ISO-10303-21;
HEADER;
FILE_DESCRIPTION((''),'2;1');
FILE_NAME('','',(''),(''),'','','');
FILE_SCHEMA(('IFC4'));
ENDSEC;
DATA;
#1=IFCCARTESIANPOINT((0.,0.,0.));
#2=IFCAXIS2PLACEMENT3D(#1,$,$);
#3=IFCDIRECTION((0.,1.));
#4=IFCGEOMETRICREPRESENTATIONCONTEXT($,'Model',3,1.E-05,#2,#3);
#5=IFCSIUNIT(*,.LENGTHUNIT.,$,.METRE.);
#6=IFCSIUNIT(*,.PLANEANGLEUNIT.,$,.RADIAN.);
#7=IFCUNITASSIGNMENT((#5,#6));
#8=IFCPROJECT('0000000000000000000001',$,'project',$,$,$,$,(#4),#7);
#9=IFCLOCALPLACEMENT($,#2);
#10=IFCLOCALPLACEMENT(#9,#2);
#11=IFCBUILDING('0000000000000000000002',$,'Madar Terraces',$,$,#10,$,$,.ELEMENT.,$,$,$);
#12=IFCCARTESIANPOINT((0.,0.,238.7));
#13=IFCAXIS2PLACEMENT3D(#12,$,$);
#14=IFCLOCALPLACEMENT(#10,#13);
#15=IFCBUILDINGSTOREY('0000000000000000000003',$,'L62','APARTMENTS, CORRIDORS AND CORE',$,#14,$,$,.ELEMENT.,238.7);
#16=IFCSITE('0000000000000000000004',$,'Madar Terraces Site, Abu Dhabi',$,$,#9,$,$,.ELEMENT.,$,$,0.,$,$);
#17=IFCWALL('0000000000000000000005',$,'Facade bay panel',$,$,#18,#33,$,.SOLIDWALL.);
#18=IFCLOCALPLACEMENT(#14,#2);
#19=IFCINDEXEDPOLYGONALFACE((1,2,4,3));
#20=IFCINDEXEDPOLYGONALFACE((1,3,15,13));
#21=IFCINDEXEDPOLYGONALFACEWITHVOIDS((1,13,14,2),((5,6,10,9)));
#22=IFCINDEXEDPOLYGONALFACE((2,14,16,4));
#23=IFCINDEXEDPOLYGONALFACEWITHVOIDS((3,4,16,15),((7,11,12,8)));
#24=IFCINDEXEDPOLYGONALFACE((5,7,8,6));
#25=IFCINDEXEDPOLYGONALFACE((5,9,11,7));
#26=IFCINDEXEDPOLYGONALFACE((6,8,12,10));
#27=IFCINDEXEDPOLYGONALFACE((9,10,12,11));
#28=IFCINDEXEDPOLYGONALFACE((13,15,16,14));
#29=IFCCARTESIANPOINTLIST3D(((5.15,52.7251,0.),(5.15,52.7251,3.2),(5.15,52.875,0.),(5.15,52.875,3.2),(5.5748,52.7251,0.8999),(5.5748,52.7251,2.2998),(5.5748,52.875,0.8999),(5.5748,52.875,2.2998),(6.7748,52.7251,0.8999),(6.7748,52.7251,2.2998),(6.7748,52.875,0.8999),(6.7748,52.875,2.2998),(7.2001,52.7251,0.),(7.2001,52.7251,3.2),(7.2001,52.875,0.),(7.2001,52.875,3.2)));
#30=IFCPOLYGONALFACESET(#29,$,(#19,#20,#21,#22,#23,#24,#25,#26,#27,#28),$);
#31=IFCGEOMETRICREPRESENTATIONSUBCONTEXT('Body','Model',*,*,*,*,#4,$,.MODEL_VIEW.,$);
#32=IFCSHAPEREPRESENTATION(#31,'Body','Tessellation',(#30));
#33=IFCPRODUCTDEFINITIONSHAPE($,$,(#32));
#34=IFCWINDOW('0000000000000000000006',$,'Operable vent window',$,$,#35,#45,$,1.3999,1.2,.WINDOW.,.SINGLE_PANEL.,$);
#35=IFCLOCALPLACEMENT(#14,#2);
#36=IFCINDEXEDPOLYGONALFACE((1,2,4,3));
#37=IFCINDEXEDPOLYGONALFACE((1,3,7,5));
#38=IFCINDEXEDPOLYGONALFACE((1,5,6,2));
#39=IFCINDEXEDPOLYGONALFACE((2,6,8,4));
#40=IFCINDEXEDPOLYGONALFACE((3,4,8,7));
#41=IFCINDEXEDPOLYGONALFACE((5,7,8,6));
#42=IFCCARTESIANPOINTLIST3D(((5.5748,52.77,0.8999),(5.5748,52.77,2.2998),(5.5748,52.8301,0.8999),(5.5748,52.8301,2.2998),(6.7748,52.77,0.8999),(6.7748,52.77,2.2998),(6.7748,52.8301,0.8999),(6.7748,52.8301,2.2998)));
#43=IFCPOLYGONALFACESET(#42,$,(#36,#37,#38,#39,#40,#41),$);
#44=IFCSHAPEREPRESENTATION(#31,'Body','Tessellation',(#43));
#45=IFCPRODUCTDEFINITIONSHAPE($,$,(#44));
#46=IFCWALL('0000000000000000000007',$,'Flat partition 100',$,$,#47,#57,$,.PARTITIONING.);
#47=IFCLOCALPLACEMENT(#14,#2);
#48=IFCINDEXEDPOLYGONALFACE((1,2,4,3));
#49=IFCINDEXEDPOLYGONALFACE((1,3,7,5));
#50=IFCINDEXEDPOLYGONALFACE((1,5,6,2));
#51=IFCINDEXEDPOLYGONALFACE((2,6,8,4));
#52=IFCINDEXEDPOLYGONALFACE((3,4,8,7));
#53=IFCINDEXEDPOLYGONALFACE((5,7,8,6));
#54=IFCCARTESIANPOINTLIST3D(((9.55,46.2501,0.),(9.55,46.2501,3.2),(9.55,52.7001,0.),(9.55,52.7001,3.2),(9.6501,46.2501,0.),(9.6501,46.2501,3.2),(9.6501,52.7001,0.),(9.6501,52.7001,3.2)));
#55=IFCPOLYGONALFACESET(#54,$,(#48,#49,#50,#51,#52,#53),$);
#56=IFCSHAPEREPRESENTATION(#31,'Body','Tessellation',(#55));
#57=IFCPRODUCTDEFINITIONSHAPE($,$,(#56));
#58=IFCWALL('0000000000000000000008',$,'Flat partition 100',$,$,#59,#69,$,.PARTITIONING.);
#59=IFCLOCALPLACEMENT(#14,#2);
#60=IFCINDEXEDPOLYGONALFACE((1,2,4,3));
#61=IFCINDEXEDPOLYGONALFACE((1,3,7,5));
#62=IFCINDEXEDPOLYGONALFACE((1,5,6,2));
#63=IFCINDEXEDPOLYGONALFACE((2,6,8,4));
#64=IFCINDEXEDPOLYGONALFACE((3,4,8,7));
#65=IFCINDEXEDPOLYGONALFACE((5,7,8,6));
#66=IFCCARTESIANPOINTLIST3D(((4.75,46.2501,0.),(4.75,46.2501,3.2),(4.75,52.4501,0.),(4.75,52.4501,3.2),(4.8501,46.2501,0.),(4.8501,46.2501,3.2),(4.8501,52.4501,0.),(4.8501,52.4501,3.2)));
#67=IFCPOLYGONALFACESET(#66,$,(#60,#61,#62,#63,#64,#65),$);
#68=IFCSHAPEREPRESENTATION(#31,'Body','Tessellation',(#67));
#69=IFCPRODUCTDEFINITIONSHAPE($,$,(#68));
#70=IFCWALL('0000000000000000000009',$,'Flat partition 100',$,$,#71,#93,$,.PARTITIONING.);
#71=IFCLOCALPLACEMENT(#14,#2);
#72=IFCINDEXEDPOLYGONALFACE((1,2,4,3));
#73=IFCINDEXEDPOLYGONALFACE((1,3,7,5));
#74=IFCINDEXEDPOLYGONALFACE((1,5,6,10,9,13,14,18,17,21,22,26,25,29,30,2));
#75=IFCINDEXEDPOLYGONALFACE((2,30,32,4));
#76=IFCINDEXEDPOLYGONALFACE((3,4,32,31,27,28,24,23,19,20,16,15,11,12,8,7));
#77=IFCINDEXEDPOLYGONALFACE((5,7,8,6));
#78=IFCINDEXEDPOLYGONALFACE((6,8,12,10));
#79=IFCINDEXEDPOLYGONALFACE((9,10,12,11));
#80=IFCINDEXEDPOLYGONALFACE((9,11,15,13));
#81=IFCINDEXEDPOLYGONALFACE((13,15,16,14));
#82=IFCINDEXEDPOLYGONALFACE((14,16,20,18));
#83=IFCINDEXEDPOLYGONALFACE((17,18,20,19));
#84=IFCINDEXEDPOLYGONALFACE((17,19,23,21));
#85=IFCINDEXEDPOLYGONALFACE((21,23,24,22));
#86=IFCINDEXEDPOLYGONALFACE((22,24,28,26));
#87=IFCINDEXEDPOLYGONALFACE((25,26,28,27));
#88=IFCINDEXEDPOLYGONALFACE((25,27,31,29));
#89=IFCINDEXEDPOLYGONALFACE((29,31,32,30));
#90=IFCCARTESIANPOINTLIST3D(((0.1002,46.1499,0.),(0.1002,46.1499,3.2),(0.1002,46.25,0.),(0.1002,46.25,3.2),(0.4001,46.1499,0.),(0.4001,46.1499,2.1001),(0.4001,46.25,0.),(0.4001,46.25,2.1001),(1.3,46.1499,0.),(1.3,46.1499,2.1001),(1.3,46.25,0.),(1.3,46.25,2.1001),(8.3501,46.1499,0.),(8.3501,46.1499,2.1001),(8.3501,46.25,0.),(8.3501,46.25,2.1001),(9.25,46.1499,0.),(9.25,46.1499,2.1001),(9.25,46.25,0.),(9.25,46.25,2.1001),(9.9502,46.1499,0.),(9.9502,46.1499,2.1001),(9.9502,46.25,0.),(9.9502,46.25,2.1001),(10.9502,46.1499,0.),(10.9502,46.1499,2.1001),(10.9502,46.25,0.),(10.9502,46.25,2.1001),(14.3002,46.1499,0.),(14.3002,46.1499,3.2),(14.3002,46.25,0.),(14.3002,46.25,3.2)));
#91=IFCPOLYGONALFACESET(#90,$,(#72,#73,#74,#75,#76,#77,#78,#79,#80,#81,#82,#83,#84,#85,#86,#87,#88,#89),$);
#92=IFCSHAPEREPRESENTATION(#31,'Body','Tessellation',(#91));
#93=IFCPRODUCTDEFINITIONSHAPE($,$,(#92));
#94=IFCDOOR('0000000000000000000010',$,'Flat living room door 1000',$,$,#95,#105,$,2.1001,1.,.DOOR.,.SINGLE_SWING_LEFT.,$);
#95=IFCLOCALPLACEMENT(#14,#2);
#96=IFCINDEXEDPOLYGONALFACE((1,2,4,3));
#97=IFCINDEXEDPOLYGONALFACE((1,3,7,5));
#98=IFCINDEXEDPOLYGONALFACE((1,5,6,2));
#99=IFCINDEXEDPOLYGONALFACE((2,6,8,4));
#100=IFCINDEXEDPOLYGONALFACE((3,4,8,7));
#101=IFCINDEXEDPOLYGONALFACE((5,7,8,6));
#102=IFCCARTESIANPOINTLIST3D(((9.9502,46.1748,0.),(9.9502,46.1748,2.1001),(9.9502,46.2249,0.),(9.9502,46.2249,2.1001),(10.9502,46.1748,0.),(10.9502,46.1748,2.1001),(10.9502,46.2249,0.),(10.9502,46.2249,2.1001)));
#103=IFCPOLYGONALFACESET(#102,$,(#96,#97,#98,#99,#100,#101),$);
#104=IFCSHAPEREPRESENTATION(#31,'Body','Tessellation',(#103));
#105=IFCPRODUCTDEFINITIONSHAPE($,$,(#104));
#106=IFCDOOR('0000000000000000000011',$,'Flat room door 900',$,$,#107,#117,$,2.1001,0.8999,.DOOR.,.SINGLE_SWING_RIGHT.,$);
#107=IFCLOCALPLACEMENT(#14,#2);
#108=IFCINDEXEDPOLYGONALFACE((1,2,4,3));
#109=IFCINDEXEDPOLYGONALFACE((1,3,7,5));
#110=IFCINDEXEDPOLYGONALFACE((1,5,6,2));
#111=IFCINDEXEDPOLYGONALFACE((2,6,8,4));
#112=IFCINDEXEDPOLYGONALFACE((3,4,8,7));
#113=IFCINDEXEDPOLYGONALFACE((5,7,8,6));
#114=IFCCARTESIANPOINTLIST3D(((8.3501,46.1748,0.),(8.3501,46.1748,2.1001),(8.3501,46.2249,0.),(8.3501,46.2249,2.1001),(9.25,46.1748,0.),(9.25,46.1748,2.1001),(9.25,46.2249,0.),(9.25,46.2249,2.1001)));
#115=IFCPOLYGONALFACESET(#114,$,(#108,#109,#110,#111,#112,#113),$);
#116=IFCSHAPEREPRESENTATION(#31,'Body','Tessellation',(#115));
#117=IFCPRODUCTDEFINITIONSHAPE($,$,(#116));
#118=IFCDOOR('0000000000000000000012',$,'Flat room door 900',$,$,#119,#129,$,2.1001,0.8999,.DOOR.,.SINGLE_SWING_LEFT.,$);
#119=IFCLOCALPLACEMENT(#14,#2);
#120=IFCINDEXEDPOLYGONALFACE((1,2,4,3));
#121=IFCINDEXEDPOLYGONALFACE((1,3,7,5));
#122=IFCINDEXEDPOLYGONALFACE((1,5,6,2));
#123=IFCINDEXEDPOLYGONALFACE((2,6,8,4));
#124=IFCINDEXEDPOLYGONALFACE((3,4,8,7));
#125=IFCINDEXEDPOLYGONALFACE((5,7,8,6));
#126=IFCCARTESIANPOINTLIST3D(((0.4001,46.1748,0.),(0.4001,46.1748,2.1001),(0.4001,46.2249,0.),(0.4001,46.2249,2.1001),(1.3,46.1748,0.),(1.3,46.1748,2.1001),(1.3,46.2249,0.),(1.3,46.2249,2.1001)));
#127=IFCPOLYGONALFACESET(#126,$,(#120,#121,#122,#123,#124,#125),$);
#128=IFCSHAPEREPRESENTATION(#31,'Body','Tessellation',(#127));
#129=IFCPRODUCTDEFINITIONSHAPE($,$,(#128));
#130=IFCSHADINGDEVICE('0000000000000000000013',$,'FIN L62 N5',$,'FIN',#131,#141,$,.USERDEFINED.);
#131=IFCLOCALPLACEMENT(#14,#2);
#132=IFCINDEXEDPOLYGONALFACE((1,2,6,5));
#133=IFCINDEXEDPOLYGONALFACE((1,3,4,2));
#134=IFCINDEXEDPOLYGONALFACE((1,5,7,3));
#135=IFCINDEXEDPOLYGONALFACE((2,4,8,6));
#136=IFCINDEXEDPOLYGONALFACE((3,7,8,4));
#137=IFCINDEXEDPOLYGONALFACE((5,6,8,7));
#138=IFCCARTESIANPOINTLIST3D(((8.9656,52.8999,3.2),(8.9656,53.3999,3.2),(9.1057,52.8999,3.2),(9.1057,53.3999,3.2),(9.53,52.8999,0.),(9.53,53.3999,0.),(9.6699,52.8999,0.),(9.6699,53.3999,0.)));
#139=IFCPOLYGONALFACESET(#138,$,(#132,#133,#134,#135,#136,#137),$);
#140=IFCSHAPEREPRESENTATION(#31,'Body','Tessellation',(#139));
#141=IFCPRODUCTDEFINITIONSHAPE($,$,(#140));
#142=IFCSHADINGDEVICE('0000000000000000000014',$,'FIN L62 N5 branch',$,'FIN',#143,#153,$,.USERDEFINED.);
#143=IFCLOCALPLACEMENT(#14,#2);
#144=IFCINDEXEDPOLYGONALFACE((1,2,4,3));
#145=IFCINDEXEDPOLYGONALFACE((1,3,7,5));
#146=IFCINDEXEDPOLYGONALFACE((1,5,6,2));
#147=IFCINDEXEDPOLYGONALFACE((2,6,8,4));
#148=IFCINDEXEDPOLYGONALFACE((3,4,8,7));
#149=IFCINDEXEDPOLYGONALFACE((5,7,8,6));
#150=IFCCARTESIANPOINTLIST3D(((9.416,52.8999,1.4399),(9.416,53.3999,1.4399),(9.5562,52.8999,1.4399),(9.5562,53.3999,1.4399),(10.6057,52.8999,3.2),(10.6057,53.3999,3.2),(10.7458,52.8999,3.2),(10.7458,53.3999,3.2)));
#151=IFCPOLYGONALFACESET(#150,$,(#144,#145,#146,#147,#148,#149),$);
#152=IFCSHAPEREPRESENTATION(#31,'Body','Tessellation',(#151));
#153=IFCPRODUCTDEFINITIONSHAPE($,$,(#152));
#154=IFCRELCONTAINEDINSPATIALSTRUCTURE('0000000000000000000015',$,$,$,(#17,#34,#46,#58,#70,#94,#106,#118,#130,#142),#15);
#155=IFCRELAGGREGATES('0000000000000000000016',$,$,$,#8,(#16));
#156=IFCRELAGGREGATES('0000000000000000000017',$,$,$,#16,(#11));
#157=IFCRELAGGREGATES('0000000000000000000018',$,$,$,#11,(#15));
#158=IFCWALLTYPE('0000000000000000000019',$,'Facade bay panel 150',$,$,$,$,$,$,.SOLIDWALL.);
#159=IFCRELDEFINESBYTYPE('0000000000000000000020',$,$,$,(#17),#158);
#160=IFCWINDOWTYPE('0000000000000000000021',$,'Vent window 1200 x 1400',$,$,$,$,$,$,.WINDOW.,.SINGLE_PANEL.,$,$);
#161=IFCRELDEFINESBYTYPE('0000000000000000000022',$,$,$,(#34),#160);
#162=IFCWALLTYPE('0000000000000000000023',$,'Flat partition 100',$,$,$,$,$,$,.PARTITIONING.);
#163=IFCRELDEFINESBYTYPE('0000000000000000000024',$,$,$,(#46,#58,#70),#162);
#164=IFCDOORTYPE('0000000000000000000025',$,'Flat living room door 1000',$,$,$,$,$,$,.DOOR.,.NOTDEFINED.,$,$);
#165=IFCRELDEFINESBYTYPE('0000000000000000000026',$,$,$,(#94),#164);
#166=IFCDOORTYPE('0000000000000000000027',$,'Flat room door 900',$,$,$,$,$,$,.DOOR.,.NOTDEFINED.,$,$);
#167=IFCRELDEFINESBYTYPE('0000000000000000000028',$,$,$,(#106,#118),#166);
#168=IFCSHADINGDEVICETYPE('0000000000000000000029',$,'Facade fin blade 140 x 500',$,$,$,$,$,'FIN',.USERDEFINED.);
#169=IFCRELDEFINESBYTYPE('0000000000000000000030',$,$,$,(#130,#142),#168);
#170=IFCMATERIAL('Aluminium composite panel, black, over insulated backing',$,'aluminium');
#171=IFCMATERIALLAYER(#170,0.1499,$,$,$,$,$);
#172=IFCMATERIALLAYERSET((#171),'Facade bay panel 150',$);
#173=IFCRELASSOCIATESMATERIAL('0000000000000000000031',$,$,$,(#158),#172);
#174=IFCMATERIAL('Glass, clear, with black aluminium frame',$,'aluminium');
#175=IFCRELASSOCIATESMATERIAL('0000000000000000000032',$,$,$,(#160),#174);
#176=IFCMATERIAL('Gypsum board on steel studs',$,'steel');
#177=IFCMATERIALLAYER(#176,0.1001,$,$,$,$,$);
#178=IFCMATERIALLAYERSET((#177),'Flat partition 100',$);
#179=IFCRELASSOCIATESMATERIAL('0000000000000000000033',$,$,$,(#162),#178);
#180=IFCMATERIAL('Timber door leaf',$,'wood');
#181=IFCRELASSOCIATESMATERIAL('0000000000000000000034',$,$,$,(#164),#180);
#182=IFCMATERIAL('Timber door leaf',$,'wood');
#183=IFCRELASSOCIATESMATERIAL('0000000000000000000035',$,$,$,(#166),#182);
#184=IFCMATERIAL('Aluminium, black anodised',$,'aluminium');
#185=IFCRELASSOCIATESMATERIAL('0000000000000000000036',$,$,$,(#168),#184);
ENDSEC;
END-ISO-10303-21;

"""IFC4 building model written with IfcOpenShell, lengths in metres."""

from ifc_helpers import new_model, si_unit, direction, frame, frame_2d, origin, place, context, subcontext, project, spatial, polyline, rectangle, outline, extrude, material, layer, layer_set, type_object, element, fill, save


model = new_model("IFC4")

# Units and contexts
model_context = context("Model", 3, precision=1e-05, world=origin(), true_north=direction((0.0, 1.0)))
body_context = subcontext(model_context, "Body", "Model", "MODEL_VIEW")
ifc_project = project(units=[si_unit("LENGTHUNIT", "METRE"), si_unit("PLANEANGLEUNIT", "RADIAN")], contexts=[model_context])

# Site, building, storey
site_placement = place(None, origin())
site = spatial("IfcSite", under=ifc_project, at=site_placement, Name="Madar Terraces Site, Abu Dhabi", CompositionType="ELEMENT", RefElevation=0.0)
building_placement = place(site_placement, origin())
building = spatial("IfcBuilding", under=site, at=building_placement, Name="Madar Terraces", CompositionType="ELEMENT")
storey_placement = place(building_placement, frame((0.0, 0.0, 238.7)))
storey = spatial("IfcBuildingStorey", under=building, at=storey_placement, Name="L62", Description="APARTMENTS, CORRIDORS AND CORE", CompositionType="ELEMENT", Elevation=238.7)

# Shared definitions
ifc_material_1 = material(Name="Aluminium composite panel, black, over insulated backing", Category="aluminium")
ifc_layer_1 = layer(ifc_material_1, 0.1499)
ifc_layer_set_1 = layer_set([ifc_layer_1], Name="Facade bay panel 150")
wall_type_1 = type_object("IfcWallType", Name="Facade bay panel 150", PredefinedType="SOLIDWALL", material=ifc_layer_set_1)

# Wall, opening, window
wall_1_placement = place(storey_placement, frame((7.2, 52.8, 0.0), z_axis=(0.0, 0.0, 1.0), x_axis=(-1.0, 0.0, 0.0)))
wall_1 = element("IfcWall", 1, at=wall_1_placement, inside=storey, type_object=wall_type_1, Name="Facade bay panel", PredefinedType="SOLIDWALL", context=body_context, shape_type="SweptSolid", body=[
    extrude(rectangle(XDim=2.05, YDim=0.1499, at=frame_2d((1.0249, 0.0))), origin(), (0.0, 0.0, 1.0), 3.2),
])
opening_1_placement = place(wall_1_placement, frame((0.425, 0.0, 0.8999)))
opening_1 = element("IfcOpeningElement", 2, at=opening_1_placement, cuts=wall_1, PredefinedType="OPENING", context=body_context, shape_type="SweptSolid", body=[
    extrude(rectangle(XDim=1.2, YDim=1.3999, at=frame_2d((0.6001, 0.7))), frame((0.0, 0.085, 0.0), z_axis=(0.0, -1.0, 0.0), x_axis=(1.0, 0.0, 0.0)), (0.0, 0.0, 1.0), 0.1699),
])
ifc_material_2 = material(Name="Glass, clear, with black aluminium frame", Category="aluminium")
window_type = type_object("IfcWindowType", Name="Vent window 1200 x 1400", PartitioningType="SINGLE_PANEL", PredefinedType="WINDOW", material=ifc_material_2)
window_placement = place(opening_1_placement, origin())
window = element("IfcWindow", 3, at=window_placement, inside=storey, type_object=window_type, Name="Operable vent window", OverallHeight=1.3999, OverallWidth=1.2, PartitioningType="SINGLE_PANEL", PredefinedType="WINDOW", context=body_context, shape_type="SweptSolid", body=[
    extrude(rectangle(XDim=1.2, YDim=1.3999, at=frame_2d((0.6001, 0.7))), frame((0.0, 0.03, 0.0), z_axis=(0.0, -1.0, 0.0), x_axis=(1.0, 0.0, 0.0)), (0.0, 0.0, 1.0), 0.0601),
])
fill(opening_1, window)

# Walls
ifc_material_3 = material(Name="Gypsum board on steel studs", Category="steel")
ifc_layer_2 = layer(ifc_material_3, 0.1001)
ifc_layer_set_2 = layer_set([ifc_layer_2], Name="Flat partition 100")
wall_type_2 = type_object("IfcWallType", Name="Flat partition 100", PredefinedType="PARTITIONING", material=ifc_layer_set_2)
wall_2_placement = place(storey_placement, frame((9.6001, 46.25, 0.0), z_axis=(0.0, 0.0, 1.0), x_axis=(0.0, 1.0, 0.0)))
element("IfcWall", 4, at=wall_2_placement, inside=storey, type_object=wall_type_2, Name="Flat partition 100", PredefinedType="PARTITIONING", context=body_context, shape_type="SweptSolid", body=[
    extrude(rectangle(XDim=6.45, YDim=0.1001, at=frame_2d((3.2251, 0.0))), origin(), (0.0, 0.0, 1.0), 3.2),
])
wall_3_placement = place(storey_placement, frame((4.8, 46.25, 0.0), z_axis=(0.0, 0.0, 1.0), x_axis=(0.0, 1.0, 0.0)))
element("IfcWall", 5, at=wall_3_placement, inside=storey, type_object=wall_type_2, Name="Flat partition 100", PredefinedType="PARTITIONING", context=body_context, shape_type="SweptSolid", body=[
    extrude(rectangle(XDim=6.2, YDim=0.1001, at=frame_2d((3.1001, 0.0))), origin(), (0.0, 0.0, 1.0), 3.2),
])

# Wall, openings, doors
wall_4_placement = place(storey_placement, frame((0.1001, 46.2, 0.0), z_axis=(0.0, 0.0, 1.0), x_axis=(1.0, 0.0, 0.0)))
wall_4 = element("IfcWall", 6, at=wall_4_placement, inside=storey, type_object=wall_type_2, Name="Flat partition 100", PredefinedType="PARTITIONING", context=body_context, shape_type="SweptSolid", body=[
    extrude(rectangle(XDim=14.2, YDim=0.1001, at=frame_2d((7.1001, 0.0))), origin(), (0.0, 0.0, 1.0), 3.2),
])
opening_2_placement = place(wall_4_placement, frame((9.8501, 0.0, 0.0)))
opening_2 = element("IfcOpeningElement", 7, at=opening_2_placement, cuts=wall_4, PredefinedType="OPENING", context=body_context, shape_type="SweptSolid", body=[
    extrude(rectangle(XDim=1.0, YDim=2.1001, at=frame_2d((0.5, 1.05))), frame((0.0, 0.0601, 0.0), z_axis=(0.0, -1.0, 0.0), x_axis=(1.0, 0.0, 0.0)), (0.0, 0.0, 1.0), 0.1201),
])
opening_3_placement = place(wall_4_placement, frame((8.25, 0.0, 0.0)))
opening_3 = element("IfcOpeningElement", 8, at=opening_3_placement, cuts=wall_4, PredefinedType="OPENING", context=body_context, shape_type="SweptSolid", body=[
    extrude(rectangle(XDim=0.8999, YDim=2.1001, at=frame_2d((0.45, 1.05))), frame((0.0, 0.0601, 0.0), z_axis=(0.0, -1.0, 0.0), x_axis=(1.0, 0.0, 0.0)), (0.0, 0.0, 1.0), 0.1201),
])
opening_4_placement = place(wall_4_placement, frame((0.3, 0.0, 0.0)))
opening_4 = element("IfcOpeningElement", 9, at=opening_4_placement, cuts=wall_4, PredefinedType="OPENING", context=body_context, shape_type="SweptSolid", body=[
    extrude(rectangle(XDim=0.8999, YDim=2.1001, at=frame_2d((0.45, 1.05))), frame((0.0, 0.0601, 0.0), z_axis=(0.0, -1.0, 0.0), x_axis=(1.0, 0.0, 0.0)), (0.0, 0.0, 1.0), 0.1201),
])
ifc_material_4 = material(Name="Timber door leaf", Category="wood")
door_type_1 = type_object("IfcDoorType", Name="Flat living room door 1000", OperationType="NOTDEFINED", PredefinedType="DOOR", material=ifc_material_4)
door_1_placement = place(opening_2_placement, origin())
door_1 = element("IfcDoor", 10, at=door_1_placement, inside=storey, type_object=door_type_1, Name="Flat living room door 1000", OperationType="SINGLE_SWING_LEFT", OverallHeight=2.1001, OverallWidth=1.0, PredefinedType="DOOR", context=body_context, shape_type="SweptSolid", body=[
    extrude(rectangle(XDim=1.0, YDim=2.1001, at=frame_2d((0.5, 1.05))), frame((0.0, 0.0249, 0.0), z_axis=(0.0, -1.0, 0.0), x_axis=(1.0, 0.0, 0.0)), (0.0, 0.0, 1.0), 0.05),
])
fill(opening_2, door_1)
ifc_material_5 = material(Name="Timber door leaf", Category="wood")
door_type_2 = type_object("IfcDoorType", Name="Flat room door 900", OperationType="NOTDEFINED", PredefinedType="DOOR", material=ifc_material_5)
door_2_placement = place(opening_3_placement, origin())
door_2 = element("IfcDoor", 11, at=door_2_placement, inside=storey, type_object=door_type_2, Name="Flat room door 900", OperationType="SINGLE_SWING_RIGHT", OverallHeight=2.1001, OverallWidth=0.8999, PredefinedType="DOOR", context=body_context, shape_type="SweptSolid", body=[
    extrude(rectangle(XDim=0.8999, YDim=2.1001, at=frame_2d((0.45, 1.05))), frame((0.0, 0.0249, 0.0), z_axis=(0.0, -1.0, 0.0), x_axis=(1.0, 0.0, 0.0)), (0.0, 0.0, 1.0), 0.05),
])
fill(opening_3, door_2)
door_3_placement = place(opening_4_placement, origin())
door_3 = element("IfcDoor", 12, at=door_3_placement, inside=storey, type_object=door_type_2, Name="Flat room door 900", OperationType="SINGLE_SWING_LEFT", OverallHeight=2.1001, OverallWidth=0.8999, PredefinedType="DOOR", context=body_context, shape_type="SweptSolid", body=[
    extrude(rectangle(XDim=0.8999, YDim=2.1001, at=frame_2d((0.45, 1.05))), frame((0.0, 0.0249, 0.0), z_axis=(0.0, -1.0, 0.0), x_axis=(1.0, 0.0, 0.0)), (0.0, 0.0, 1.0), 0.05),
])
fill(opening_4, door_3)

# Shading devices
ifc_material_6 = material(Name="Aluminium, black anodised", Category="aluminium")
shading_device_type = type_object("IfcShadingDeviceType", Name="Facade fin blade 140 x 500", ElementType="FIN", PredefinedType="USERDEFINED", material=ifc_material_6)
shading_device_1_placement = place(storey_placement, frame((9.6699, 53.1499, 0.0), z_axis=(0.0, 0.0, 1.0), x_axis=(-1.0, 0.0, 0.0)))
element("IfcShadingDevice", 13, at=shading_device_1_placement, inside=storey, type_object=shading_device_type, Name="FIN L62 N5", ObjectType="FIN", PredefinedType="USERDEFINED", context=body_context, shape_type="SweptSolid", body=[
    extrude(outline(polyline([(0.0, 0.0), (0.1399, 0.0), (0.7043, 3.2), (0.5642, 3.2), (0.0, 0.0)])), frame((0.0, 0.25, 0.0), z_axis=(0.0, -1.0, 0.0), x_axis=(1.0, 0.0, 0.0)), (0.0, 0.0, 1.0), 0.5),
])
shading_device_2_placement = place(storey_placement, frame((9.5562, 53.1499, 1.4399), z_axis=(0.0, 0.0, 1.0), x_axis=(-1.0, 0.0, 0.0)))
element("IfcShadingDevice", 14, at=shading_device_2_placement, inside=storey, type_object=shading_device_type, Name="FIN L62 N5 branch", ObjectType="FIN", PredefinedType="USERDEFINED", context=body_context, shape_type="SweptSolid", body=[
    extrude(outline(polyline([(0.0, 0.0), (0.1401, 0.0), (-1.0496, 1.76), (-1.1897, 1.76), (0.0, 0.0)])), frame((0.0, 0.25, 0.0), z_axis=(0.0, -1.0, 0.0), x_axis=(1.0, 0.0, 0.0)), (0.0, 0.0, 1.0), 0.5),
])

save(model, "model.ifc")
